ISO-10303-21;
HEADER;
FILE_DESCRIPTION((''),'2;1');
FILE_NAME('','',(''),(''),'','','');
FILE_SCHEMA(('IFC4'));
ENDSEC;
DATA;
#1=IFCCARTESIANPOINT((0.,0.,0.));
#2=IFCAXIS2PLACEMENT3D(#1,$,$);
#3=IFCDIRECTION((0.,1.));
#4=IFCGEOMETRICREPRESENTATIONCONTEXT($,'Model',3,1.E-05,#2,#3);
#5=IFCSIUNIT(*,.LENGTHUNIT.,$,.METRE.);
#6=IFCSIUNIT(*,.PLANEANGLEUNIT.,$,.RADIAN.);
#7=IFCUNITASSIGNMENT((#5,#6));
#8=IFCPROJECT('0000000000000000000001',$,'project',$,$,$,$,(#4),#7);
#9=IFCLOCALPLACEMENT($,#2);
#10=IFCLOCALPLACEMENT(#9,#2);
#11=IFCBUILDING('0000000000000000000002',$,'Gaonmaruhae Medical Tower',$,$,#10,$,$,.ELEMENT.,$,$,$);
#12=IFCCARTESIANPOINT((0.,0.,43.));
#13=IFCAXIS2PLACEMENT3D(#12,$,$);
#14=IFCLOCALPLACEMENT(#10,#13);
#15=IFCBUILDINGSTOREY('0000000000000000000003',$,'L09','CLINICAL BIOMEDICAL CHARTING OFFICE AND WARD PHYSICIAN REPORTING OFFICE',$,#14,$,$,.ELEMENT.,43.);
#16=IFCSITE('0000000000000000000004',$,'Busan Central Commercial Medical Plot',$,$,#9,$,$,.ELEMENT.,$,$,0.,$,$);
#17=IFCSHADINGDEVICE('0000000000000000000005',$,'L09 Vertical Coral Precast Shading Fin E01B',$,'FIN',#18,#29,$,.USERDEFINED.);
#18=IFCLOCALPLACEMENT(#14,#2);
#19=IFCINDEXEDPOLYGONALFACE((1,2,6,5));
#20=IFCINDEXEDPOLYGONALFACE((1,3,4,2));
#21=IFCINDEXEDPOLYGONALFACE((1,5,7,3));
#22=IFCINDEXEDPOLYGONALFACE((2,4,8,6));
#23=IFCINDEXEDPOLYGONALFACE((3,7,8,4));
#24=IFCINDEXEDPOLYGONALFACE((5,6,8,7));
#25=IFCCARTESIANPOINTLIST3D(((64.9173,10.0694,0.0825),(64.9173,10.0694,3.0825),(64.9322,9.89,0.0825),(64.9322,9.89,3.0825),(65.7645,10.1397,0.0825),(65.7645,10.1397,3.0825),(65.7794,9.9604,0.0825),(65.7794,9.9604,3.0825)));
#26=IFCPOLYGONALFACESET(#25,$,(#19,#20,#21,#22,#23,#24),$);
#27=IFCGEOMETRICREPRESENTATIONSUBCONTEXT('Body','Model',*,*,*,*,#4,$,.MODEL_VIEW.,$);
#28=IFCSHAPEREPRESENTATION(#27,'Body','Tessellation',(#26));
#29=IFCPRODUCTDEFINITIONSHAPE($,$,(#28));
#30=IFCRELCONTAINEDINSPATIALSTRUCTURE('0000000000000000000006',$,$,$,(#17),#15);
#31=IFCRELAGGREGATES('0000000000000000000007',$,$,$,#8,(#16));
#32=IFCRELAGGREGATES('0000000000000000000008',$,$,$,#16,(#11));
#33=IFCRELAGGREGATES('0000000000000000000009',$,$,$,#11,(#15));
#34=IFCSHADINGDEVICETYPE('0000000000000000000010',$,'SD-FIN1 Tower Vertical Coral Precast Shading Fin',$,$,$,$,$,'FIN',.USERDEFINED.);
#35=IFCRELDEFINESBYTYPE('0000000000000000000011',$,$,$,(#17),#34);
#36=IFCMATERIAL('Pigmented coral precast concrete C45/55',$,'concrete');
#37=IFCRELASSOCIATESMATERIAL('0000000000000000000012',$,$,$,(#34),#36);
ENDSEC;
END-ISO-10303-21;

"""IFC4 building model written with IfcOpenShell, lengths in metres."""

from ifc_helpers import new_model, si_unit, direction, frame, origin, origin_2d, place, context, subcontext, project, spatial, rectangle, extrude, material, type_object, element, save


model = new_model("IFC4")

# Units and contexts
model_context = context("Model", 3, precision=1e-05, world=origin(), true_north=direction((0.0, 1.0)))
body_context = subcontext(model_context, "Body", "Model", "MODEL_VIEW")
ifc_project = project(units=[si_unit("LENGTHUNIT", "METRE"), si_unit("PLANEANGLEUNIT", "RADIAN")], contexts=[model_context])

# Site, building, storey
site_placement = place(None, origin())
site = spatial("IfcSite", under=ifc_project, at=site_placement, Name="Busan Central Commercial Medical Plot", CompositionType="ELEMENT", RefElevation=0.0)
building_placement = place(site_placement, origin())
building = spatial("IfcBuilding", under=site, at=building_placement, Name="Gaonmaruhae Medical Tower", CompositionType="ELEMENT")
storey_placement = place(building_placement, frame((0.0, 0.0, 43.0)))
storey = spatial("IfcBuildingStorey", under=building, at=storey_placement, Name="L09", Description="CLINICAL BIOMEDICAL CHARTING OFFICE AND WARD PHYSICIAN REPORTING OFFICE", CompositionType="ELEMENT", Elevation=43.0)

# Shading device
ifc_material_1 = material(Name="Pigmented coral precast concrete C45/55", Category="concrete")
shading_device_type = type_object("IfcShadingDeviceType", Name="SD-FIN1 Tower Vertical Coral Precast Shading Fin", ElementType="FIN", PredefinedType="USERDEFINED", material=ifc_material_1)
for number, where, z_axis, x_axis, name in (
    (1, (65.3484, 10.0149, 0.0825), (0.0, 0.0, 1.0), (0.082808, -0.996566, 0.0), "L09 Vertical Coral Precast Shading Fin E01B"),
):
    element("IfcShadingDevice", number, at=place(storey_placement, frame(where, z_axis=z_axis, x_axis=x_axis)), inside=storey, type_object=shading_device_type, Name=name, ObjectType="FIN", PredefinedType="USERDEFINED", context=body_context, shape_type="SweptSolid", body=[
        extrude(rectangle(XDim=0.1799, YDim=0.8501, at=origin_2d()), origin(), (0.0, 0.0, 1.0), 3.0),
    ])

save(model, "model.ifc")
